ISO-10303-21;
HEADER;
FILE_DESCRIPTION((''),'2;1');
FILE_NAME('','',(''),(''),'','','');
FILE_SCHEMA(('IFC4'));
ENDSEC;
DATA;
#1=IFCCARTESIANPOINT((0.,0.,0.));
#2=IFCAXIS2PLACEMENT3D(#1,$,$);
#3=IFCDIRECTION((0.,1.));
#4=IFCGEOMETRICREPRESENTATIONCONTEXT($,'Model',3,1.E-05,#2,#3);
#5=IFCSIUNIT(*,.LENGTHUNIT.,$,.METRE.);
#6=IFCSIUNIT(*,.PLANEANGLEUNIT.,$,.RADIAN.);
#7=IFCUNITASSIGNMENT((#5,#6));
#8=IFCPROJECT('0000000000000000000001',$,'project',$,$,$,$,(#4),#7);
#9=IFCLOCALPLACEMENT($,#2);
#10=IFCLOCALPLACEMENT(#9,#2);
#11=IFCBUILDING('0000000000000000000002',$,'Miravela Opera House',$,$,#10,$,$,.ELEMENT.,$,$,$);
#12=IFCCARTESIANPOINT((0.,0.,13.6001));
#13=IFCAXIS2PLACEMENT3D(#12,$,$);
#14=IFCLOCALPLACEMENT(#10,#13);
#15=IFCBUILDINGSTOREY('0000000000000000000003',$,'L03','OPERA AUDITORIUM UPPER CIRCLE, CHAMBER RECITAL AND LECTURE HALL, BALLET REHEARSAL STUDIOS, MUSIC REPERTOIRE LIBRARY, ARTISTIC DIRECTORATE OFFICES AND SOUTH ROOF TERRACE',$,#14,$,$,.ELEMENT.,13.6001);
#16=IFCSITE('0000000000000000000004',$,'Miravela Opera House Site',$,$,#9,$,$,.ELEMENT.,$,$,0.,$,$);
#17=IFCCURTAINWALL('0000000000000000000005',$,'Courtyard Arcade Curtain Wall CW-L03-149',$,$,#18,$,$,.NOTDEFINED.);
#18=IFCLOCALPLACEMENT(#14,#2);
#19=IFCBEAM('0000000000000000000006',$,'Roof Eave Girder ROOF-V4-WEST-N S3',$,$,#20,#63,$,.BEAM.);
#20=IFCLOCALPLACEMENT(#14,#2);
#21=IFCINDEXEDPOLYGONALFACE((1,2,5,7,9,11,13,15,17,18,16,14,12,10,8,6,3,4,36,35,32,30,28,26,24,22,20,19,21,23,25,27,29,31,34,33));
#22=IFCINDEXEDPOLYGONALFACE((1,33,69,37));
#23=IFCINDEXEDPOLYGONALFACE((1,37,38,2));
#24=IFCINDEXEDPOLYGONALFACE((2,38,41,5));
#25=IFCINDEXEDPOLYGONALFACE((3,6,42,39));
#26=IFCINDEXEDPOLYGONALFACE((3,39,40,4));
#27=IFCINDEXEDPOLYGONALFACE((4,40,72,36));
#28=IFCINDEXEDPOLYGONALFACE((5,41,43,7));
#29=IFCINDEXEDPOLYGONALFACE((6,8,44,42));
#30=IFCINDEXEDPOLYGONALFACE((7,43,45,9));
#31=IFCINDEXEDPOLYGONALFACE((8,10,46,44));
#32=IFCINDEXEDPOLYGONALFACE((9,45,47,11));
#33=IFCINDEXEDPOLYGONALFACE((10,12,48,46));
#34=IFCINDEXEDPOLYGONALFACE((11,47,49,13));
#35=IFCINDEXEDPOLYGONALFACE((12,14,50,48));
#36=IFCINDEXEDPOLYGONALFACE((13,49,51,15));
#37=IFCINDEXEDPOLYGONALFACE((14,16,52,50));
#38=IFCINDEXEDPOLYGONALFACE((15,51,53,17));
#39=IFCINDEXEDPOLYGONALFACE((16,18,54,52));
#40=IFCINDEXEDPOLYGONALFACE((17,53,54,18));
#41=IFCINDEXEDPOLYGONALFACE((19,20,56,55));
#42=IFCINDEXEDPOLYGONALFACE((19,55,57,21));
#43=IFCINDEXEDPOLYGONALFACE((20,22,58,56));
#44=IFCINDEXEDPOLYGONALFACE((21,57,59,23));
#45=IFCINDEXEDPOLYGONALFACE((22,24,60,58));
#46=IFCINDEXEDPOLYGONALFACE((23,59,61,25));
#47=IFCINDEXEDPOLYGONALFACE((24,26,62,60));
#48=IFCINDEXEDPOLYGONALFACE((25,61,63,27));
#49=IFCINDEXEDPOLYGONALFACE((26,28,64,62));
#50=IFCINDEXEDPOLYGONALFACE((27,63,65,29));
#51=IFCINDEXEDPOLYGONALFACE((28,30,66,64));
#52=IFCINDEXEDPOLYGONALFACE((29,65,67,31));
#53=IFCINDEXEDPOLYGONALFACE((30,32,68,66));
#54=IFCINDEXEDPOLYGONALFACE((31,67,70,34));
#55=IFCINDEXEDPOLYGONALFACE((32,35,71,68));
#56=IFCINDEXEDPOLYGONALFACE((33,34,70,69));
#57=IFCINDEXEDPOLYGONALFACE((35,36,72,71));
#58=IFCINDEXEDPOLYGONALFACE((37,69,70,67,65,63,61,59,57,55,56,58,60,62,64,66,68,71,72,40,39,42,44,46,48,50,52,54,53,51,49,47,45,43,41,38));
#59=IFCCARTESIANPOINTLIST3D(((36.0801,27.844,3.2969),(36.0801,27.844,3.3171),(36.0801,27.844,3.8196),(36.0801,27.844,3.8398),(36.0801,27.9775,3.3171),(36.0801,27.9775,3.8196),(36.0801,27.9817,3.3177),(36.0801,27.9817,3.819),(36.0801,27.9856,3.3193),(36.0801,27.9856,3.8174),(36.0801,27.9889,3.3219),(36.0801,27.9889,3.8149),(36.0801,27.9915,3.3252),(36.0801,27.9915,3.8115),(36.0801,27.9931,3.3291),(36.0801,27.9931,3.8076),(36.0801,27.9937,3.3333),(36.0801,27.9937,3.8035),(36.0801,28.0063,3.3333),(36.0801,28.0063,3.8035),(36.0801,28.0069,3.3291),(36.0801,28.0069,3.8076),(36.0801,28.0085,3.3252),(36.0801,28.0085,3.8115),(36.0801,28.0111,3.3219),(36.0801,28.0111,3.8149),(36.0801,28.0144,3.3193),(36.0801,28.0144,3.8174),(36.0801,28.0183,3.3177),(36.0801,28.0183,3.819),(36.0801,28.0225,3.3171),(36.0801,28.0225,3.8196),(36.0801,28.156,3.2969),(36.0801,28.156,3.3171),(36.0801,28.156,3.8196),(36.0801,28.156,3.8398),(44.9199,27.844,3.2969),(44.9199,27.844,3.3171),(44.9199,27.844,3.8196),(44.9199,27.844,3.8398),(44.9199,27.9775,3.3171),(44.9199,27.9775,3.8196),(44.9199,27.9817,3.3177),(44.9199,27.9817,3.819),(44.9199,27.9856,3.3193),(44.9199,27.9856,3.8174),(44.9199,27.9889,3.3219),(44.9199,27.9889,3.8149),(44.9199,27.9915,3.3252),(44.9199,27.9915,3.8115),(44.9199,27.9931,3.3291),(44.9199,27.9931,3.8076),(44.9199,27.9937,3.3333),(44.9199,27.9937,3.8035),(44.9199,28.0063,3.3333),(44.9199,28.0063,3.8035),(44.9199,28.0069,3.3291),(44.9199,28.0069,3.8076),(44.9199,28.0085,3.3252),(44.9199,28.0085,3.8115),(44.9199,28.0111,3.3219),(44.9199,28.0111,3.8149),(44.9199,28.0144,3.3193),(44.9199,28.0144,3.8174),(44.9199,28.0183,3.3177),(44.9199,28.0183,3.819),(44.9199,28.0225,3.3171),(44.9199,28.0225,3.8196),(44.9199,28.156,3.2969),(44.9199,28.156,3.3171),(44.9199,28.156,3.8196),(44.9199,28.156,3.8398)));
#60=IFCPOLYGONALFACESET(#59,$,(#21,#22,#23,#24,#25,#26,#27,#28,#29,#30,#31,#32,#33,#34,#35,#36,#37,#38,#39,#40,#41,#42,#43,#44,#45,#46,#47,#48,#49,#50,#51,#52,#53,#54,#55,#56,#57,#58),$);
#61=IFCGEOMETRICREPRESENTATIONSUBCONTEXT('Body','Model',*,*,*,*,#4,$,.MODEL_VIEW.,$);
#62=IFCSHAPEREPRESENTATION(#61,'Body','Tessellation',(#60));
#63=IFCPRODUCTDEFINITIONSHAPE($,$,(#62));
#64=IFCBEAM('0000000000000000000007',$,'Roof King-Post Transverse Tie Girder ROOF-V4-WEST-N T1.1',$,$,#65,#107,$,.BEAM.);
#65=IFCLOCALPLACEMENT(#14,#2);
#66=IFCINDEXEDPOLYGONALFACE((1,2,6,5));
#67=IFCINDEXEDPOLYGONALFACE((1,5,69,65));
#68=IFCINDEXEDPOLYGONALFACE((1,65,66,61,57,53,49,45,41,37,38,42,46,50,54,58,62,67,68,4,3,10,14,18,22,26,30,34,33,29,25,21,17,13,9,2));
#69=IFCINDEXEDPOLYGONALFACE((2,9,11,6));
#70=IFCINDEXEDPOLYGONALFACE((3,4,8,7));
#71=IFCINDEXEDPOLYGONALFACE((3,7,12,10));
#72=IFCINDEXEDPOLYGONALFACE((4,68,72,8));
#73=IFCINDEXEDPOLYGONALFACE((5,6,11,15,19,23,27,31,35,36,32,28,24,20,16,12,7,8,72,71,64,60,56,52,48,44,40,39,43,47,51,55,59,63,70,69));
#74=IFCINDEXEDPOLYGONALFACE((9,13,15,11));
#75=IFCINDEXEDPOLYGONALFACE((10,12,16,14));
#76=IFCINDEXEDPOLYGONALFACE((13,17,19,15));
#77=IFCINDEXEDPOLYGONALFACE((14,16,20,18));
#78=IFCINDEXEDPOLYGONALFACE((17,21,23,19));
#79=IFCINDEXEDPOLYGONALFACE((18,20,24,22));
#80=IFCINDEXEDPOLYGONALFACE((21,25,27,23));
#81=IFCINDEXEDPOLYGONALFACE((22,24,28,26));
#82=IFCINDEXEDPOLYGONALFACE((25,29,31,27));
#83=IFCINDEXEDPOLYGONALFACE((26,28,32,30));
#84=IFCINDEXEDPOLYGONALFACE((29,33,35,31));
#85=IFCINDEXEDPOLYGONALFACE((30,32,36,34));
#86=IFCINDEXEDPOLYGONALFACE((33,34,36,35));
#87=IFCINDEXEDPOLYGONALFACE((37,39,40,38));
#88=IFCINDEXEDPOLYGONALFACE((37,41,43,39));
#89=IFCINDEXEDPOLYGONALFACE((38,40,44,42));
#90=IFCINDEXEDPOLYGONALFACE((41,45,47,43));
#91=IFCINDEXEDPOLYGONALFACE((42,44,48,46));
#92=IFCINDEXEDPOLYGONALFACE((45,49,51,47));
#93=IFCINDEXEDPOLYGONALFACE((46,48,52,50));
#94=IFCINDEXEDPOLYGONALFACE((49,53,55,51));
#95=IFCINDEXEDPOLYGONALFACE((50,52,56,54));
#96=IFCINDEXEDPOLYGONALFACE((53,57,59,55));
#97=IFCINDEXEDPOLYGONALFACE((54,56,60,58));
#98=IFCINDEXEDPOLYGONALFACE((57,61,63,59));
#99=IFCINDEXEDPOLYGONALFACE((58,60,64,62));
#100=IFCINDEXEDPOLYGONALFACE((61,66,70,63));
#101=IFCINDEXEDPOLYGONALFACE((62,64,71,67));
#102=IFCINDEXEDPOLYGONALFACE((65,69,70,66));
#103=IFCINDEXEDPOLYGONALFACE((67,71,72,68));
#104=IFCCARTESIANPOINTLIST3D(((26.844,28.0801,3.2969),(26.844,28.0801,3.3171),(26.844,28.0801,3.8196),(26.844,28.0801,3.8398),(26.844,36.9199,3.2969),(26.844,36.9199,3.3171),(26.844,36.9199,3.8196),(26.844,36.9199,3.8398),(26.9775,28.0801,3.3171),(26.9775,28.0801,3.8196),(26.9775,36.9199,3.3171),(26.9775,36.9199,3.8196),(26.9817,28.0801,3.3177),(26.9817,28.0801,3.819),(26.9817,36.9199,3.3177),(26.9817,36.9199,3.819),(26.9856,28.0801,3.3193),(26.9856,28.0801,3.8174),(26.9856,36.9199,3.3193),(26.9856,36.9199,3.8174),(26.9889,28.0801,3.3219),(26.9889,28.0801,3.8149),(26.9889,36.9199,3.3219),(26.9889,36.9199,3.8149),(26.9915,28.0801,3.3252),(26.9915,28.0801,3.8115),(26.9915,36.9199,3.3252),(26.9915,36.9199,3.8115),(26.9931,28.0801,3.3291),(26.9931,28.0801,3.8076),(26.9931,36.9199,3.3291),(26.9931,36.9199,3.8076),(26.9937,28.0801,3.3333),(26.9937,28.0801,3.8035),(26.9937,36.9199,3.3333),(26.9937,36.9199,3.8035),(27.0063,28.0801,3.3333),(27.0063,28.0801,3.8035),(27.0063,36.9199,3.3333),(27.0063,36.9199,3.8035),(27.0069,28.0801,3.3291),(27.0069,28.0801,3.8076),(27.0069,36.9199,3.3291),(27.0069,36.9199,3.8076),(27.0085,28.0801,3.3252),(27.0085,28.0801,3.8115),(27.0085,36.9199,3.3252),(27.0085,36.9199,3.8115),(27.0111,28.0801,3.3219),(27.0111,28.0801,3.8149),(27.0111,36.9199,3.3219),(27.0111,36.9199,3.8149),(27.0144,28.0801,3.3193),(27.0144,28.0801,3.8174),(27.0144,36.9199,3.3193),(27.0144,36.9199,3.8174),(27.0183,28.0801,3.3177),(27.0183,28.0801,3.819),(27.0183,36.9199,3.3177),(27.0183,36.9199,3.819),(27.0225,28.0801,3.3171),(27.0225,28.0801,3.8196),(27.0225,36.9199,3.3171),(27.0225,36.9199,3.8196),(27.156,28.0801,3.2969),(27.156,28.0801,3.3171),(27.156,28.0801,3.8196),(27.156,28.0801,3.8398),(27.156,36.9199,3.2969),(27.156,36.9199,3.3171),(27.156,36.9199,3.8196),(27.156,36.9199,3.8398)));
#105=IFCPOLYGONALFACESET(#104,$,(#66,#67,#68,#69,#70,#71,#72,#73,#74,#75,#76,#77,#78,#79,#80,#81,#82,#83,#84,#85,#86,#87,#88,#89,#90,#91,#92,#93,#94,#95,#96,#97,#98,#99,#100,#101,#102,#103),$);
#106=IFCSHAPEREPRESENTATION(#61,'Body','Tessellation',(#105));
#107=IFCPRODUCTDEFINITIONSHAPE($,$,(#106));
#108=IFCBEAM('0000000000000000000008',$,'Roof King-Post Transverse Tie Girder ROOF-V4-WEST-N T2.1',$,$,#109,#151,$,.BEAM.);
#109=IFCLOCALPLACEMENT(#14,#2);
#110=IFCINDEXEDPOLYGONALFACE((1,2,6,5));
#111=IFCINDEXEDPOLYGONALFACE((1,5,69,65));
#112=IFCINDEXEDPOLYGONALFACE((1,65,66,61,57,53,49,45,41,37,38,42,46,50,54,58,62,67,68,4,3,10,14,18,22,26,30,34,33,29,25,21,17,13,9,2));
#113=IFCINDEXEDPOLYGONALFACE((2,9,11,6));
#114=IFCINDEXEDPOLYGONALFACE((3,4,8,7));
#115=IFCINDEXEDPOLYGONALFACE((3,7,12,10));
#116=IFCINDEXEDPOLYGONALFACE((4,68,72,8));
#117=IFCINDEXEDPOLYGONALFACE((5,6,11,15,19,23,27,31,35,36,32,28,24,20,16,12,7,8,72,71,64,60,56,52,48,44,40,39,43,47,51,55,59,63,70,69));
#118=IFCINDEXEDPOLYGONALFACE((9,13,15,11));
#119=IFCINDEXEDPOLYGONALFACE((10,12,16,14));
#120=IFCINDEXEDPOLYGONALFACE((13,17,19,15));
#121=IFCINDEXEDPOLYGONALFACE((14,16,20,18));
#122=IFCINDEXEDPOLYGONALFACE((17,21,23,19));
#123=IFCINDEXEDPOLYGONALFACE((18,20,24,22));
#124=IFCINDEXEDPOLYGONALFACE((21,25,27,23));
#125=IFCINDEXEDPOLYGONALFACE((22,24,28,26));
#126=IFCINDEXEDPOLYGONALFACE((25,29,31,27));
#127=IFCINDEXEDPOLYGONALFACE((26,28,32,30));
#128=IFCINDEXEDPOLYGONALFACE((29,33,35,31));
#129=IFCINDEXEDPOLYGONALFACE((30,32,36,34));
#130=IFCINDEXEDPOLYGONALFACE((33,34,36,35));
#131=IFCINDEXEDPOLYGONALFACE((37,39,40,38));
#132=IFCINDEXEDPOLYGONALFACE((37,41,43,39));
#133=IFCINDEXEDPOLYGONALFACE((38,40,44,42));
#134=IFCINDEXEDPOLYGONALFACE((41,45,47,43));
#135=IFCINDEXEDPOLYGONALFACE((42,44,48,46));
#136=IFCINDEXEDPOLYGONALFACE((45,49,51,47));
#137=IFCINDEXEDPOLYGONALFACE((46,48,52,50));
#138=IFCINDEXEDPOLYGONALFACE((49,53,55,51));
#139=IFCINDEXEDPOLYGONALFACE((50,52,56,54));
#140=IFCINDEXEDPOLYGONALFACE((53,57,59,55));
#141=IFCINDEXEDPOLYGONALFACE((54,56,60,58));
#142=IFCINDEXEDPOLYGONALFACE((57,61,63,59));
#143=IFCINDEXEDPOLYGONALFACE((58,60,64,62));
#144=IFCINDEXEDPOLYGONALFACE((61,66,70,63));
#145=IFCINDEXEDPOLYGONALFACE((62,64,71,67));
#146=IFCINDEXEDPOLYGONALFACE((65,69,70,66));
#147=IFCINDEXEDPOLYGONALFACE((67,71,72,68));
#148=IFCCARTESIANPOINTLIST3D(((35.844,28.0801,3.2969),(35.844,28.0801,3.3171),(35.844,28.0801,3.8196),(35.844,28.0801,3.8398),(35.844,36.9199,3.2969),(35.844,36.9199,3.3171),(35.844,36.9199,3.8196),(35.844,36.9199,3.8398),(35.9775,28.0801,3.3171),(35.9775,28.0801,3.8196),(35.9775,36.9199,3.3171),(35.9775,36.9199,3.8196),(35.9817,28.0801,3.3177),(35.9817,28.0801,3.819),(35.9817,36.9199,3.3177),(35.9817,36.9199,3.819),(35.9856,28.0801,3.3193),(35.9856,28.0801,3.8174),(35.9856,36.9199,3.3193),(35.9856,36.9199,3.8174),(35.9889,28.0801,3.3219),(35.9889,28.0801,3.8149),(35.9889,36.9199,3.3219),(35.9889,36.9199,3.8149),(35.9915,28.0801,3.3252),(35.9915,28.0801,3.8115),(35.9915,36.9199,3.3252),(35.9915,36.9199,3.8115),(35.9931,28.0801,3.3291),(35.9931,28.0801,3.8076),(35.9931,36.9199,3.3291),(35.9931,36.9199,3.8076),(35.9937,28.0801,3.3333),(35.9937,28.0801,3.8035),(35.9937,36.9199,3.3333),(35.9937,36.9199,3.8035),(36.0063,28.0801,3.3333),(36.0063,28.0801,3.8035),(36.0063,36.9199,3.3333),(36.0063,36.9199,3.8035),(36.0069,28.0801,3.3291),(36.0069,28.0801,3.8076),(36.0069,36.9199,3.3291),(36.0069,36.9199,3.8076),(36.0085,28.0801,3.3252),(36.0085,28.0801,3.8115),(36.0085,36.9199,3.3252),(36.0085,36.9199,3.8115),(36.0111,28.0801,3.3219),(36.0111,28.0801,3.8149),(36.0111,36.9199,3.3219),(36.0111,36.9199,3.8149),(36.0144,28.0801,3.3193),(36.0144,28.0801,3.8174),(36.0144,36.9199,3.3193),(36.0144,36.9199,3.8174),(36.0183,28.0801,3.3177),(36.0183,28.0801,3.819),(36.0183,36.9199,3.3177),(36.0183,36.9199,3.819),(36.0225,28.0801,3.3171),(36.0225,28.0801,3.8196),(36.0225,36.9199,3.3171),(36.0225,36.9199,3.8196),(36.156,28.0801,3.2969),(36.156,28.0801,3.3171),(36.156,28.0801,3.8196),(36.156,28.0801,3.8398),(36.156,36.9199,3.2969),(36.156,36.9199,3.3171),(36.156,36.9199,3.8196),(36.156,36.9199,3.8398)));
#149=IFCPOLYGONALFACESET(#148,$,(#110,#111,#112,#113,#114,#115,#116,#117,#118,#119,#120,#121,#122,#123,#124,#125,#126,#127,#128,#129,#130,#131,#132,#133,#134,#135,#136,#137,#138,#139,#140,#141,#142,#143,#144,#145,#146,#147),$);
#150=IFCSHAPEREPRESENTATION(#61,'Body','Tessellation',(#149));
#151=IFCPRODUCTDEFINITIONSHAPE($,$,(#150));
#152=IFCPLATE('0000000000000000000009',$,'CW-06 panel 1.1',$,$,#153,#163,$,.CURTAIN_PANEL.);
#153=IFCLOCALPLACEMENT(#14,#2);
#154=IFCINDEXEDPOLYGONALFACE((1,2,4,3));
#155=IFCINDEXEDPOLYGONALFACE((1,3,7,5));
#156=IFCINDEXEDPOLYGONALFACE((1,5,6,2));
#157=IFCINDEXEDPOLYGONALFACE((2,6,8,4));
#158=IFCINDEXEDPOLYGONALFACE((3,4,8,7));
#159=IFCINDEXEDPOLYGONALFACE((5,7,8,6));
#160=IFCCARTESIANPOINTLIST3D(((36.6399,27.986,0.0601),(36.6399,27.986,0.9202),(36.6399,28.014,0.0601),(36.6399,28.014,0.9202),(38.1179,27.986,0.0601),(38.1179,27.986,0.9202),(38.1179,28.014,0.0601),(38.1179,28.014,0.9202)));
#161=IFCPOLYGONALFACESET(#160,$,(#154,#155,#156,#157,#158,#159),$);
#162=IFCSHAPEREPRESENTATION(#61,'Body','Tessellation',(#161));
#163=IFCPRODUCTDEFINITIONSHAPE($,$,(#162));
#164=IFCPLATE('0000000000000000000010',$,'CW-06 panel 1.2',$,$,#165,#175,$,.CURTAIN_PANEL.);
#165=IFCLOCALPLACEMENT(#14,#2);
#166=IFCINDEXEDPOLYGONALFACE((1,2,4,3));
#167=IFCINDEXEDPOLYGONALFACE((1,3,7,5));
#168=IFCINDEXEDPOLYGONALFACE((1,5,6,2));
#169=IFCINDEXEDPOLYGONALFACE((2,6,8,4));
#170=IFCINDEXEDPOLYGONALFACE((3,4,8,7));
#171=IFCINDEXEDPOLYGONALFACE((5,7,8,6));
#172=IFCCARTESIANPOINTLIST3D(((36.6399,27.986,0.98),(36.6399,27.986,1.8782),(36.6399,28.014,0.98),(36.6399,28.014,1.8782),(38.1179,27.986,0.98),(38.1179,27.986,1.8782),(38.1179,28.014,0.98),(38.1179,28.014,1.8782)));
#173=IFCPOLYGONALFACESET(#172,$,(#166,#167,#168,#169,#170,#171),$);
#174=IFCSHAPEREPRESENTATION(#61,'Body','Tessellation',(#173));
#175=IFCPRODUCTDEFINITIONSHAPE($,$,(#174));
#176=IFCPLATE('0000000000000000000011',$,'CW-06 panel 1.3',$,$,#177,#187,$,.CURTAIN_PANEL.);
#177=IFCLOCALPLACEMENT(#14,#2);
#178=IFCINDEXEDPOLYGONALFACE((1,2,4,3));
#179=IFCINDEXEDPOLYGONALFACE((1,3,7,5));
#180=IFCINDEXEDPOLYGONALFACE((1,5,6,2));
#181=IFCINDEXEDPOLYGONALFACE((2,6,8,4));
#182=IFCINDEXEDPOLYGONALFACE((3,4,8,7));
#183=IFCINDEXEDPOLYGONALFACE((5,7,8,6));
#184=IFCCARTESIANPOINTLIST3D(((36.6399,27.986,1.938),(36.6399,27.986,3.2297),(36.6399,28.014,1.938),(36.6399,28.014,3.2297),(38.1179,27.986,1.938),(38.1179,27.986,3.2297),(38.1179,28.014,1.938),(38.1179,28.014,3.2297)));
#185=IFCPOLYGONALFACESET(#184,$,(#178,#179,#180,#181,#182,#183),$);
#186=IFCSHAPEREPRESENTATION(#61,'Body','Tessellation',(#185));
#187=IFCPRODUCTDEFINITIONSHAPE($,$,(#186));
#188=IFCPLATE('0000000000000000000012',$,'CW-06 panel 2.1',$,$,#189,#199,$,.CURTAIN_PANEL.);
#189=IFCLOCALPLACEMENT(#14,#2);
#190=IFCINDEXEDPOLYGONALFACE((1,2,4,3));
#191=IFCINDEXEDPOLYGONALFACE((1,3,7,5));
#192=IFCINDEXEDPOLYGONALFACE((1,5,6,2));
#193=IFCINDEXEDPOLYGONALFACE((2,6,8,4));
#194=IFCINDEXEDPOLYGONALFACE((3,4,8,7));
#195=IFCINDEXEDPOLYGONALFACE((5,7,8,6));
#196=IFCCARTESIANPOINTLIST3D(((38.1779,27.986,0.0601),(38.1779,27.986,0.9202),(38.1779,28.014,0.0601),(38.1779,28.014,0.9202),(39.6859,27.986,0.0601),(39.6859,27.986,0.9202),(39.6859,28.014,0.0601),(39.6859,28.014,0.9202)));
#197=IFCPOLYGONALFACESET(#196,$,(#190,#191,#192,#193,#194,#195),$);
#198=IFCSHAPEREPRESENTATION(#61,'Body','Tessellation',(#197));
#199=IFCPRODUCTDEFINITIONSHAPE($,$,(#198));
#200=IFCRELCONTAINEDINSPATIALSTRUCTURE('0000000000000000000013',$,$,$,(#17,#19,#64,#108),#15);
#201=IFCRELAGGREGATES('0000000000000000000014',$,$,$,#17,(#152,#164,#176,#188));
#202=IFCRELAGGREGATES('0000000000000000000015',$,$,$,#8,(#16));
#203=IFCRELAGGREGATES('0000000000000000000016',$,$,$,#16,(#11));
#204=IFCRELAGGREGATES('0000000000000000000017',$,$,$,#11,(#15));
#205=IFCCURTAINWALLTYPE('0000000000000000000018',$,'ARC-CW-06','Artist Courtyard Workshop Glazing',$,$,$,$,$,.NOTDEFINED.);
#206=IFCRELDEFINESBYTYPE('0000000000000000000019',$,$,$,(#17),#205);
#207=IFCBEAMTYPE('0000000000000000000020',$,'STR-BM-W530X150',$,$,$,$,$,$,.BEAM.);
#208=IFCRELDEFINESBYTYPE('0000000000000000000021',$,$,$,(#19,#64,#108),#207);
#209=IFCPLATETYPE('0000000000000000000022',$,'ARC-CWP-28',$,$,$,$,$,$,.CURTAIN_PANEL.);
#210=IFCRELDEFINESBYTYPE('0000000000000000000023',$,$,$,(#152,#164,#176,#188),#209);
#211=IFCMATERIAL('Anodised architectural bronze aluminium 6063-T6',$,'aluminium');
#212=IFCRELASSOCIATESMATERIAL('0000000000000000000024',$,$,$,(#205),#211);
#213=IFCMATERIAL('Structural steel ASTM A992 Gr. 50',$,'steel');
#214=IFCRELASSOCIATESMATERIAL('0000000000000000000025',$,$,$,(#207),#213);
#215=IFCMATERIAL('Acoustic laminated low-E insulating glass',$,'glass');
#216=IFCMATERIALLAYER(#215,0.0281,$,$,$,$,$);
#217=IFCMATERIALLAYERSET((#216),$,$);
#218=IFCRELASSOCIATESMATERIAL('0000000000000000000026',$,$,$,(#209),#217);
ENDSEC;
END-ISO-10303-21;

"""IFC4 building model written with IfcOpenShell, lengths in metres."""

from ifc_helpers import new_model, si_unit, direction, frame, origin, origin_2d, place, context, subcontext, project, spatial, rectangle, i_section, extrude, material, layer, layer_set, material_profile, profile_set, type_object, element, aggregate, save


model = new_model("IFC4")

# Units and contexts
model_context = context("Model", 3, precision=1e-05, world=origin(), true_north=direction((0.0, 1.0)))
body_context = subcontext(model_context, "Body", "Model", "MODEL_VIEW")
ifc_project = project(units=[si_unit("LENGTHUNIT", "METRE"), si_unit("PLANEANGLEUNIT", "RADIAN")], contexts=[model_context])

# Site, building, storey
site_placement = place(None, origin())
site = spatial("IfcSite", under=ifc_project, at=site_placement, Name="Miravela Opera House Site", CompositionType="ELEMENT", RefElevation=0.0)
building_placement = place(site_placement, origin())
building = spatial("IfcBuilding", under=site, at=building_placement, Name="Miravela Opera House", CompositionType="ELEMENT")
storey_placement = place(building_placement, frame((0.0, 0.0, 13.6001)))
storey = spatial("IfcBuildingStorey", under=building, at=storey_placement, Name="L03", Description="OPERA AUDITORIUM UPPER CIRCLE, CHAMBER RECITAL AND LECTURE HALL, BALLET REHEARSAL STUDIOS, MUSIC REPERTOIRE LIBRARY, ARTISTIC DIRECTORATE OFFICES AND SOUTH ROOF TERRACE", CompositionType="ELEMENT", Elevation=13.6001)

# Curtain wall
ifc_material_1 = material(Name="Anodised architectural bronze aluminium 6063-T6", Category="aluminium")
curtain_wall_type = type_object("IfcCurtainWallType", Name="ARC-CW-06", Description="Artist Courtyard Workshop Glazing", PredefinedType="NOTDEFINED", material=ifc_material_1)
curtain_wall_placement = place(storey_placement, origin())
curtain_wall = element("IfcCurtainWall", 1, at=curtain_wall_placement, inside=storey, type_object=curtain_wall_type, Name="Courtyard Arcade Curtain Wall CW-L03-149", PredefinedType="NOTDEFINED")

# Beams
ifc_material_2 = material(Name="Structural steel ASTM A992 Gr. 50", Category="steel")
ifc_material_profile_1 = material_profile(ifc_material_2, i_section(OverallWidth=0.312, OverallDepth=0.543, WebThickness=0.0127, FlangeThickness=0.0203, FilletRadius=0.0161, at=origin_2d()), Name="W530X150")
ifc_profile_set_1 = profile_set([ifc_material_profile_1])
beam_type_1 = type_object("IfcBeamType", Name="STR-BM-W530X150", PredefinedType="BEAM", material=ifc_profile_set_1)
for number, where, z_axis, x_axis, name in (
    (2, (36.0801, 28.0, 3.5684), (1.0, 0.0, 0.0), (0.0, 1.0, 0.0), "Roof Eave Girder ROOF-V4-WEST-N S3"),
    (3, (27.0, 28.0801, 3.5684), (0.0, 1.0, 0.0), (-1.0, 0.0, 0.0), "Roof King-Post Transverse Tie Girder ROOF-V4-WEST-N T1.1"),
    (4, (36.0, 28.0801, 3.5684), (0.0, 1.0, 0.0), (-1.0, 0.0, 0.0), "Roof King-Post Transverse Tie Girder ROOF-V4-WEST-N T2.1"),
):
    element("IfcBeam", number, at=place(storey_placement, frame(where, z_axis=z_axis, x_axis=x_axis)), inside=storey, type_object=beam_type_1, Name=name, PredefinedType="BEAM", context=body_context, shape_type="SweptSolid", body=[
        extrude(i_section(OverallWidth=0.312, OverallDepth=0.543, WebThickness=0.0127, FlangeThickness=0.0203, FilletRadius=0.0161, at=origin_2d()), origin(), (0.0, 0.0, 1.0), 8.8398),
    ])

# Plates
ifc_material_3 = material(Name="Acoustic laminated low-E insulating glass", Category="glass")
ifc_layer = layer(ifc_material_3, 0.0281)
ifc_layer_set = layer_set([ifc_layer])
plate_type = type_object("IfcPlateType", Name="ARC-CWP-28", PredefinedType="CURTAIN_PANEL", material=ifc_layer_set)
plate_1_placement = place(storey_placement, frame((37.3789, 28.0, 0.0601), z_axis=(0.0, 0.0, 1.0), x_axis=(1.0, 0.0, 0.0)))
plate_1 = element("IfcPlate", 5, at=plate_1_placement, type_object=plate_type, Name="CW-06 panel 1.1", PredefinedType="CURTAIN_PANEL", context=body_context, shape_type="SweptSolid", body=[
    extrude(rectangle(XDim=1.478, YDim=0.0281, at=origin_2d()), origin(), (0.0, 0.0, 1.0), 0.8601),
])
plate_2_placement = place(storey_placement, frame((37.3789, 28.0, 0.98), z_axis=(0.0, 0.0, 1.0), x_axis=(1.0, 0.0, 0.0)))
plate_2 = element("IfcPlate", 6, at=plate_2_placement, type_object=plate_type, Name="CW-06 panel 1.2", PredefinedType="CURTAIN_PANEL", context=body_context, shape_type="SweptSolid", body=[
    extrude(rectangle(XDim=1.478, YDim=0.0281, at=origin_2d()), origin(), (0.0, 0.0, 1.0), 0.8982),
])
plate_3_placement = place(storey_placement, frame((37.3789, 28.0, 1.938), z_axis=(0.0, 0.0, 1.0), x_axis=(1.0, 0.0, 0.0)))
plate_3 = element("IfcPlate", 7, at=plate_3_placement, type_object=plate_type, Name="CW-06 panel 1.3", PredefinedType="CURTAIN_PANEL", context=body_context, shape_type="SweptSolid", body=[
    extrude(rectangle(XDim=1.478, YDim=0.0281, at=origin_2d()), origin(), (0.0, 0.0, 1.0), 1.2917),
])
plate_4_placement = place(storey_placement, frame((38.9319, 28.0, 0.0601), z_axis=(0.0, 0.0, 1.0), x_axis=(1.0, 0.0, 0.0)))
plate_4 = element("IfcPlate", 8, at=plate_4_placement, type_object=plate_type, Name="CW-06 panel 2.1", PredefinedType="CURTAIN_PANEL", context=body_context, shape_type="SweptSolid", body=[
    extrude(rectangle(XDim=1.5081, YDim=0.0281, at=origin_2d()), origin(), (0.0, 0.0, 1.0), 0.8601),
])
aggregate(curtain_wall, [plate_1, plate_2, plate_3, plate_4])

save(model, "model.ifc")
